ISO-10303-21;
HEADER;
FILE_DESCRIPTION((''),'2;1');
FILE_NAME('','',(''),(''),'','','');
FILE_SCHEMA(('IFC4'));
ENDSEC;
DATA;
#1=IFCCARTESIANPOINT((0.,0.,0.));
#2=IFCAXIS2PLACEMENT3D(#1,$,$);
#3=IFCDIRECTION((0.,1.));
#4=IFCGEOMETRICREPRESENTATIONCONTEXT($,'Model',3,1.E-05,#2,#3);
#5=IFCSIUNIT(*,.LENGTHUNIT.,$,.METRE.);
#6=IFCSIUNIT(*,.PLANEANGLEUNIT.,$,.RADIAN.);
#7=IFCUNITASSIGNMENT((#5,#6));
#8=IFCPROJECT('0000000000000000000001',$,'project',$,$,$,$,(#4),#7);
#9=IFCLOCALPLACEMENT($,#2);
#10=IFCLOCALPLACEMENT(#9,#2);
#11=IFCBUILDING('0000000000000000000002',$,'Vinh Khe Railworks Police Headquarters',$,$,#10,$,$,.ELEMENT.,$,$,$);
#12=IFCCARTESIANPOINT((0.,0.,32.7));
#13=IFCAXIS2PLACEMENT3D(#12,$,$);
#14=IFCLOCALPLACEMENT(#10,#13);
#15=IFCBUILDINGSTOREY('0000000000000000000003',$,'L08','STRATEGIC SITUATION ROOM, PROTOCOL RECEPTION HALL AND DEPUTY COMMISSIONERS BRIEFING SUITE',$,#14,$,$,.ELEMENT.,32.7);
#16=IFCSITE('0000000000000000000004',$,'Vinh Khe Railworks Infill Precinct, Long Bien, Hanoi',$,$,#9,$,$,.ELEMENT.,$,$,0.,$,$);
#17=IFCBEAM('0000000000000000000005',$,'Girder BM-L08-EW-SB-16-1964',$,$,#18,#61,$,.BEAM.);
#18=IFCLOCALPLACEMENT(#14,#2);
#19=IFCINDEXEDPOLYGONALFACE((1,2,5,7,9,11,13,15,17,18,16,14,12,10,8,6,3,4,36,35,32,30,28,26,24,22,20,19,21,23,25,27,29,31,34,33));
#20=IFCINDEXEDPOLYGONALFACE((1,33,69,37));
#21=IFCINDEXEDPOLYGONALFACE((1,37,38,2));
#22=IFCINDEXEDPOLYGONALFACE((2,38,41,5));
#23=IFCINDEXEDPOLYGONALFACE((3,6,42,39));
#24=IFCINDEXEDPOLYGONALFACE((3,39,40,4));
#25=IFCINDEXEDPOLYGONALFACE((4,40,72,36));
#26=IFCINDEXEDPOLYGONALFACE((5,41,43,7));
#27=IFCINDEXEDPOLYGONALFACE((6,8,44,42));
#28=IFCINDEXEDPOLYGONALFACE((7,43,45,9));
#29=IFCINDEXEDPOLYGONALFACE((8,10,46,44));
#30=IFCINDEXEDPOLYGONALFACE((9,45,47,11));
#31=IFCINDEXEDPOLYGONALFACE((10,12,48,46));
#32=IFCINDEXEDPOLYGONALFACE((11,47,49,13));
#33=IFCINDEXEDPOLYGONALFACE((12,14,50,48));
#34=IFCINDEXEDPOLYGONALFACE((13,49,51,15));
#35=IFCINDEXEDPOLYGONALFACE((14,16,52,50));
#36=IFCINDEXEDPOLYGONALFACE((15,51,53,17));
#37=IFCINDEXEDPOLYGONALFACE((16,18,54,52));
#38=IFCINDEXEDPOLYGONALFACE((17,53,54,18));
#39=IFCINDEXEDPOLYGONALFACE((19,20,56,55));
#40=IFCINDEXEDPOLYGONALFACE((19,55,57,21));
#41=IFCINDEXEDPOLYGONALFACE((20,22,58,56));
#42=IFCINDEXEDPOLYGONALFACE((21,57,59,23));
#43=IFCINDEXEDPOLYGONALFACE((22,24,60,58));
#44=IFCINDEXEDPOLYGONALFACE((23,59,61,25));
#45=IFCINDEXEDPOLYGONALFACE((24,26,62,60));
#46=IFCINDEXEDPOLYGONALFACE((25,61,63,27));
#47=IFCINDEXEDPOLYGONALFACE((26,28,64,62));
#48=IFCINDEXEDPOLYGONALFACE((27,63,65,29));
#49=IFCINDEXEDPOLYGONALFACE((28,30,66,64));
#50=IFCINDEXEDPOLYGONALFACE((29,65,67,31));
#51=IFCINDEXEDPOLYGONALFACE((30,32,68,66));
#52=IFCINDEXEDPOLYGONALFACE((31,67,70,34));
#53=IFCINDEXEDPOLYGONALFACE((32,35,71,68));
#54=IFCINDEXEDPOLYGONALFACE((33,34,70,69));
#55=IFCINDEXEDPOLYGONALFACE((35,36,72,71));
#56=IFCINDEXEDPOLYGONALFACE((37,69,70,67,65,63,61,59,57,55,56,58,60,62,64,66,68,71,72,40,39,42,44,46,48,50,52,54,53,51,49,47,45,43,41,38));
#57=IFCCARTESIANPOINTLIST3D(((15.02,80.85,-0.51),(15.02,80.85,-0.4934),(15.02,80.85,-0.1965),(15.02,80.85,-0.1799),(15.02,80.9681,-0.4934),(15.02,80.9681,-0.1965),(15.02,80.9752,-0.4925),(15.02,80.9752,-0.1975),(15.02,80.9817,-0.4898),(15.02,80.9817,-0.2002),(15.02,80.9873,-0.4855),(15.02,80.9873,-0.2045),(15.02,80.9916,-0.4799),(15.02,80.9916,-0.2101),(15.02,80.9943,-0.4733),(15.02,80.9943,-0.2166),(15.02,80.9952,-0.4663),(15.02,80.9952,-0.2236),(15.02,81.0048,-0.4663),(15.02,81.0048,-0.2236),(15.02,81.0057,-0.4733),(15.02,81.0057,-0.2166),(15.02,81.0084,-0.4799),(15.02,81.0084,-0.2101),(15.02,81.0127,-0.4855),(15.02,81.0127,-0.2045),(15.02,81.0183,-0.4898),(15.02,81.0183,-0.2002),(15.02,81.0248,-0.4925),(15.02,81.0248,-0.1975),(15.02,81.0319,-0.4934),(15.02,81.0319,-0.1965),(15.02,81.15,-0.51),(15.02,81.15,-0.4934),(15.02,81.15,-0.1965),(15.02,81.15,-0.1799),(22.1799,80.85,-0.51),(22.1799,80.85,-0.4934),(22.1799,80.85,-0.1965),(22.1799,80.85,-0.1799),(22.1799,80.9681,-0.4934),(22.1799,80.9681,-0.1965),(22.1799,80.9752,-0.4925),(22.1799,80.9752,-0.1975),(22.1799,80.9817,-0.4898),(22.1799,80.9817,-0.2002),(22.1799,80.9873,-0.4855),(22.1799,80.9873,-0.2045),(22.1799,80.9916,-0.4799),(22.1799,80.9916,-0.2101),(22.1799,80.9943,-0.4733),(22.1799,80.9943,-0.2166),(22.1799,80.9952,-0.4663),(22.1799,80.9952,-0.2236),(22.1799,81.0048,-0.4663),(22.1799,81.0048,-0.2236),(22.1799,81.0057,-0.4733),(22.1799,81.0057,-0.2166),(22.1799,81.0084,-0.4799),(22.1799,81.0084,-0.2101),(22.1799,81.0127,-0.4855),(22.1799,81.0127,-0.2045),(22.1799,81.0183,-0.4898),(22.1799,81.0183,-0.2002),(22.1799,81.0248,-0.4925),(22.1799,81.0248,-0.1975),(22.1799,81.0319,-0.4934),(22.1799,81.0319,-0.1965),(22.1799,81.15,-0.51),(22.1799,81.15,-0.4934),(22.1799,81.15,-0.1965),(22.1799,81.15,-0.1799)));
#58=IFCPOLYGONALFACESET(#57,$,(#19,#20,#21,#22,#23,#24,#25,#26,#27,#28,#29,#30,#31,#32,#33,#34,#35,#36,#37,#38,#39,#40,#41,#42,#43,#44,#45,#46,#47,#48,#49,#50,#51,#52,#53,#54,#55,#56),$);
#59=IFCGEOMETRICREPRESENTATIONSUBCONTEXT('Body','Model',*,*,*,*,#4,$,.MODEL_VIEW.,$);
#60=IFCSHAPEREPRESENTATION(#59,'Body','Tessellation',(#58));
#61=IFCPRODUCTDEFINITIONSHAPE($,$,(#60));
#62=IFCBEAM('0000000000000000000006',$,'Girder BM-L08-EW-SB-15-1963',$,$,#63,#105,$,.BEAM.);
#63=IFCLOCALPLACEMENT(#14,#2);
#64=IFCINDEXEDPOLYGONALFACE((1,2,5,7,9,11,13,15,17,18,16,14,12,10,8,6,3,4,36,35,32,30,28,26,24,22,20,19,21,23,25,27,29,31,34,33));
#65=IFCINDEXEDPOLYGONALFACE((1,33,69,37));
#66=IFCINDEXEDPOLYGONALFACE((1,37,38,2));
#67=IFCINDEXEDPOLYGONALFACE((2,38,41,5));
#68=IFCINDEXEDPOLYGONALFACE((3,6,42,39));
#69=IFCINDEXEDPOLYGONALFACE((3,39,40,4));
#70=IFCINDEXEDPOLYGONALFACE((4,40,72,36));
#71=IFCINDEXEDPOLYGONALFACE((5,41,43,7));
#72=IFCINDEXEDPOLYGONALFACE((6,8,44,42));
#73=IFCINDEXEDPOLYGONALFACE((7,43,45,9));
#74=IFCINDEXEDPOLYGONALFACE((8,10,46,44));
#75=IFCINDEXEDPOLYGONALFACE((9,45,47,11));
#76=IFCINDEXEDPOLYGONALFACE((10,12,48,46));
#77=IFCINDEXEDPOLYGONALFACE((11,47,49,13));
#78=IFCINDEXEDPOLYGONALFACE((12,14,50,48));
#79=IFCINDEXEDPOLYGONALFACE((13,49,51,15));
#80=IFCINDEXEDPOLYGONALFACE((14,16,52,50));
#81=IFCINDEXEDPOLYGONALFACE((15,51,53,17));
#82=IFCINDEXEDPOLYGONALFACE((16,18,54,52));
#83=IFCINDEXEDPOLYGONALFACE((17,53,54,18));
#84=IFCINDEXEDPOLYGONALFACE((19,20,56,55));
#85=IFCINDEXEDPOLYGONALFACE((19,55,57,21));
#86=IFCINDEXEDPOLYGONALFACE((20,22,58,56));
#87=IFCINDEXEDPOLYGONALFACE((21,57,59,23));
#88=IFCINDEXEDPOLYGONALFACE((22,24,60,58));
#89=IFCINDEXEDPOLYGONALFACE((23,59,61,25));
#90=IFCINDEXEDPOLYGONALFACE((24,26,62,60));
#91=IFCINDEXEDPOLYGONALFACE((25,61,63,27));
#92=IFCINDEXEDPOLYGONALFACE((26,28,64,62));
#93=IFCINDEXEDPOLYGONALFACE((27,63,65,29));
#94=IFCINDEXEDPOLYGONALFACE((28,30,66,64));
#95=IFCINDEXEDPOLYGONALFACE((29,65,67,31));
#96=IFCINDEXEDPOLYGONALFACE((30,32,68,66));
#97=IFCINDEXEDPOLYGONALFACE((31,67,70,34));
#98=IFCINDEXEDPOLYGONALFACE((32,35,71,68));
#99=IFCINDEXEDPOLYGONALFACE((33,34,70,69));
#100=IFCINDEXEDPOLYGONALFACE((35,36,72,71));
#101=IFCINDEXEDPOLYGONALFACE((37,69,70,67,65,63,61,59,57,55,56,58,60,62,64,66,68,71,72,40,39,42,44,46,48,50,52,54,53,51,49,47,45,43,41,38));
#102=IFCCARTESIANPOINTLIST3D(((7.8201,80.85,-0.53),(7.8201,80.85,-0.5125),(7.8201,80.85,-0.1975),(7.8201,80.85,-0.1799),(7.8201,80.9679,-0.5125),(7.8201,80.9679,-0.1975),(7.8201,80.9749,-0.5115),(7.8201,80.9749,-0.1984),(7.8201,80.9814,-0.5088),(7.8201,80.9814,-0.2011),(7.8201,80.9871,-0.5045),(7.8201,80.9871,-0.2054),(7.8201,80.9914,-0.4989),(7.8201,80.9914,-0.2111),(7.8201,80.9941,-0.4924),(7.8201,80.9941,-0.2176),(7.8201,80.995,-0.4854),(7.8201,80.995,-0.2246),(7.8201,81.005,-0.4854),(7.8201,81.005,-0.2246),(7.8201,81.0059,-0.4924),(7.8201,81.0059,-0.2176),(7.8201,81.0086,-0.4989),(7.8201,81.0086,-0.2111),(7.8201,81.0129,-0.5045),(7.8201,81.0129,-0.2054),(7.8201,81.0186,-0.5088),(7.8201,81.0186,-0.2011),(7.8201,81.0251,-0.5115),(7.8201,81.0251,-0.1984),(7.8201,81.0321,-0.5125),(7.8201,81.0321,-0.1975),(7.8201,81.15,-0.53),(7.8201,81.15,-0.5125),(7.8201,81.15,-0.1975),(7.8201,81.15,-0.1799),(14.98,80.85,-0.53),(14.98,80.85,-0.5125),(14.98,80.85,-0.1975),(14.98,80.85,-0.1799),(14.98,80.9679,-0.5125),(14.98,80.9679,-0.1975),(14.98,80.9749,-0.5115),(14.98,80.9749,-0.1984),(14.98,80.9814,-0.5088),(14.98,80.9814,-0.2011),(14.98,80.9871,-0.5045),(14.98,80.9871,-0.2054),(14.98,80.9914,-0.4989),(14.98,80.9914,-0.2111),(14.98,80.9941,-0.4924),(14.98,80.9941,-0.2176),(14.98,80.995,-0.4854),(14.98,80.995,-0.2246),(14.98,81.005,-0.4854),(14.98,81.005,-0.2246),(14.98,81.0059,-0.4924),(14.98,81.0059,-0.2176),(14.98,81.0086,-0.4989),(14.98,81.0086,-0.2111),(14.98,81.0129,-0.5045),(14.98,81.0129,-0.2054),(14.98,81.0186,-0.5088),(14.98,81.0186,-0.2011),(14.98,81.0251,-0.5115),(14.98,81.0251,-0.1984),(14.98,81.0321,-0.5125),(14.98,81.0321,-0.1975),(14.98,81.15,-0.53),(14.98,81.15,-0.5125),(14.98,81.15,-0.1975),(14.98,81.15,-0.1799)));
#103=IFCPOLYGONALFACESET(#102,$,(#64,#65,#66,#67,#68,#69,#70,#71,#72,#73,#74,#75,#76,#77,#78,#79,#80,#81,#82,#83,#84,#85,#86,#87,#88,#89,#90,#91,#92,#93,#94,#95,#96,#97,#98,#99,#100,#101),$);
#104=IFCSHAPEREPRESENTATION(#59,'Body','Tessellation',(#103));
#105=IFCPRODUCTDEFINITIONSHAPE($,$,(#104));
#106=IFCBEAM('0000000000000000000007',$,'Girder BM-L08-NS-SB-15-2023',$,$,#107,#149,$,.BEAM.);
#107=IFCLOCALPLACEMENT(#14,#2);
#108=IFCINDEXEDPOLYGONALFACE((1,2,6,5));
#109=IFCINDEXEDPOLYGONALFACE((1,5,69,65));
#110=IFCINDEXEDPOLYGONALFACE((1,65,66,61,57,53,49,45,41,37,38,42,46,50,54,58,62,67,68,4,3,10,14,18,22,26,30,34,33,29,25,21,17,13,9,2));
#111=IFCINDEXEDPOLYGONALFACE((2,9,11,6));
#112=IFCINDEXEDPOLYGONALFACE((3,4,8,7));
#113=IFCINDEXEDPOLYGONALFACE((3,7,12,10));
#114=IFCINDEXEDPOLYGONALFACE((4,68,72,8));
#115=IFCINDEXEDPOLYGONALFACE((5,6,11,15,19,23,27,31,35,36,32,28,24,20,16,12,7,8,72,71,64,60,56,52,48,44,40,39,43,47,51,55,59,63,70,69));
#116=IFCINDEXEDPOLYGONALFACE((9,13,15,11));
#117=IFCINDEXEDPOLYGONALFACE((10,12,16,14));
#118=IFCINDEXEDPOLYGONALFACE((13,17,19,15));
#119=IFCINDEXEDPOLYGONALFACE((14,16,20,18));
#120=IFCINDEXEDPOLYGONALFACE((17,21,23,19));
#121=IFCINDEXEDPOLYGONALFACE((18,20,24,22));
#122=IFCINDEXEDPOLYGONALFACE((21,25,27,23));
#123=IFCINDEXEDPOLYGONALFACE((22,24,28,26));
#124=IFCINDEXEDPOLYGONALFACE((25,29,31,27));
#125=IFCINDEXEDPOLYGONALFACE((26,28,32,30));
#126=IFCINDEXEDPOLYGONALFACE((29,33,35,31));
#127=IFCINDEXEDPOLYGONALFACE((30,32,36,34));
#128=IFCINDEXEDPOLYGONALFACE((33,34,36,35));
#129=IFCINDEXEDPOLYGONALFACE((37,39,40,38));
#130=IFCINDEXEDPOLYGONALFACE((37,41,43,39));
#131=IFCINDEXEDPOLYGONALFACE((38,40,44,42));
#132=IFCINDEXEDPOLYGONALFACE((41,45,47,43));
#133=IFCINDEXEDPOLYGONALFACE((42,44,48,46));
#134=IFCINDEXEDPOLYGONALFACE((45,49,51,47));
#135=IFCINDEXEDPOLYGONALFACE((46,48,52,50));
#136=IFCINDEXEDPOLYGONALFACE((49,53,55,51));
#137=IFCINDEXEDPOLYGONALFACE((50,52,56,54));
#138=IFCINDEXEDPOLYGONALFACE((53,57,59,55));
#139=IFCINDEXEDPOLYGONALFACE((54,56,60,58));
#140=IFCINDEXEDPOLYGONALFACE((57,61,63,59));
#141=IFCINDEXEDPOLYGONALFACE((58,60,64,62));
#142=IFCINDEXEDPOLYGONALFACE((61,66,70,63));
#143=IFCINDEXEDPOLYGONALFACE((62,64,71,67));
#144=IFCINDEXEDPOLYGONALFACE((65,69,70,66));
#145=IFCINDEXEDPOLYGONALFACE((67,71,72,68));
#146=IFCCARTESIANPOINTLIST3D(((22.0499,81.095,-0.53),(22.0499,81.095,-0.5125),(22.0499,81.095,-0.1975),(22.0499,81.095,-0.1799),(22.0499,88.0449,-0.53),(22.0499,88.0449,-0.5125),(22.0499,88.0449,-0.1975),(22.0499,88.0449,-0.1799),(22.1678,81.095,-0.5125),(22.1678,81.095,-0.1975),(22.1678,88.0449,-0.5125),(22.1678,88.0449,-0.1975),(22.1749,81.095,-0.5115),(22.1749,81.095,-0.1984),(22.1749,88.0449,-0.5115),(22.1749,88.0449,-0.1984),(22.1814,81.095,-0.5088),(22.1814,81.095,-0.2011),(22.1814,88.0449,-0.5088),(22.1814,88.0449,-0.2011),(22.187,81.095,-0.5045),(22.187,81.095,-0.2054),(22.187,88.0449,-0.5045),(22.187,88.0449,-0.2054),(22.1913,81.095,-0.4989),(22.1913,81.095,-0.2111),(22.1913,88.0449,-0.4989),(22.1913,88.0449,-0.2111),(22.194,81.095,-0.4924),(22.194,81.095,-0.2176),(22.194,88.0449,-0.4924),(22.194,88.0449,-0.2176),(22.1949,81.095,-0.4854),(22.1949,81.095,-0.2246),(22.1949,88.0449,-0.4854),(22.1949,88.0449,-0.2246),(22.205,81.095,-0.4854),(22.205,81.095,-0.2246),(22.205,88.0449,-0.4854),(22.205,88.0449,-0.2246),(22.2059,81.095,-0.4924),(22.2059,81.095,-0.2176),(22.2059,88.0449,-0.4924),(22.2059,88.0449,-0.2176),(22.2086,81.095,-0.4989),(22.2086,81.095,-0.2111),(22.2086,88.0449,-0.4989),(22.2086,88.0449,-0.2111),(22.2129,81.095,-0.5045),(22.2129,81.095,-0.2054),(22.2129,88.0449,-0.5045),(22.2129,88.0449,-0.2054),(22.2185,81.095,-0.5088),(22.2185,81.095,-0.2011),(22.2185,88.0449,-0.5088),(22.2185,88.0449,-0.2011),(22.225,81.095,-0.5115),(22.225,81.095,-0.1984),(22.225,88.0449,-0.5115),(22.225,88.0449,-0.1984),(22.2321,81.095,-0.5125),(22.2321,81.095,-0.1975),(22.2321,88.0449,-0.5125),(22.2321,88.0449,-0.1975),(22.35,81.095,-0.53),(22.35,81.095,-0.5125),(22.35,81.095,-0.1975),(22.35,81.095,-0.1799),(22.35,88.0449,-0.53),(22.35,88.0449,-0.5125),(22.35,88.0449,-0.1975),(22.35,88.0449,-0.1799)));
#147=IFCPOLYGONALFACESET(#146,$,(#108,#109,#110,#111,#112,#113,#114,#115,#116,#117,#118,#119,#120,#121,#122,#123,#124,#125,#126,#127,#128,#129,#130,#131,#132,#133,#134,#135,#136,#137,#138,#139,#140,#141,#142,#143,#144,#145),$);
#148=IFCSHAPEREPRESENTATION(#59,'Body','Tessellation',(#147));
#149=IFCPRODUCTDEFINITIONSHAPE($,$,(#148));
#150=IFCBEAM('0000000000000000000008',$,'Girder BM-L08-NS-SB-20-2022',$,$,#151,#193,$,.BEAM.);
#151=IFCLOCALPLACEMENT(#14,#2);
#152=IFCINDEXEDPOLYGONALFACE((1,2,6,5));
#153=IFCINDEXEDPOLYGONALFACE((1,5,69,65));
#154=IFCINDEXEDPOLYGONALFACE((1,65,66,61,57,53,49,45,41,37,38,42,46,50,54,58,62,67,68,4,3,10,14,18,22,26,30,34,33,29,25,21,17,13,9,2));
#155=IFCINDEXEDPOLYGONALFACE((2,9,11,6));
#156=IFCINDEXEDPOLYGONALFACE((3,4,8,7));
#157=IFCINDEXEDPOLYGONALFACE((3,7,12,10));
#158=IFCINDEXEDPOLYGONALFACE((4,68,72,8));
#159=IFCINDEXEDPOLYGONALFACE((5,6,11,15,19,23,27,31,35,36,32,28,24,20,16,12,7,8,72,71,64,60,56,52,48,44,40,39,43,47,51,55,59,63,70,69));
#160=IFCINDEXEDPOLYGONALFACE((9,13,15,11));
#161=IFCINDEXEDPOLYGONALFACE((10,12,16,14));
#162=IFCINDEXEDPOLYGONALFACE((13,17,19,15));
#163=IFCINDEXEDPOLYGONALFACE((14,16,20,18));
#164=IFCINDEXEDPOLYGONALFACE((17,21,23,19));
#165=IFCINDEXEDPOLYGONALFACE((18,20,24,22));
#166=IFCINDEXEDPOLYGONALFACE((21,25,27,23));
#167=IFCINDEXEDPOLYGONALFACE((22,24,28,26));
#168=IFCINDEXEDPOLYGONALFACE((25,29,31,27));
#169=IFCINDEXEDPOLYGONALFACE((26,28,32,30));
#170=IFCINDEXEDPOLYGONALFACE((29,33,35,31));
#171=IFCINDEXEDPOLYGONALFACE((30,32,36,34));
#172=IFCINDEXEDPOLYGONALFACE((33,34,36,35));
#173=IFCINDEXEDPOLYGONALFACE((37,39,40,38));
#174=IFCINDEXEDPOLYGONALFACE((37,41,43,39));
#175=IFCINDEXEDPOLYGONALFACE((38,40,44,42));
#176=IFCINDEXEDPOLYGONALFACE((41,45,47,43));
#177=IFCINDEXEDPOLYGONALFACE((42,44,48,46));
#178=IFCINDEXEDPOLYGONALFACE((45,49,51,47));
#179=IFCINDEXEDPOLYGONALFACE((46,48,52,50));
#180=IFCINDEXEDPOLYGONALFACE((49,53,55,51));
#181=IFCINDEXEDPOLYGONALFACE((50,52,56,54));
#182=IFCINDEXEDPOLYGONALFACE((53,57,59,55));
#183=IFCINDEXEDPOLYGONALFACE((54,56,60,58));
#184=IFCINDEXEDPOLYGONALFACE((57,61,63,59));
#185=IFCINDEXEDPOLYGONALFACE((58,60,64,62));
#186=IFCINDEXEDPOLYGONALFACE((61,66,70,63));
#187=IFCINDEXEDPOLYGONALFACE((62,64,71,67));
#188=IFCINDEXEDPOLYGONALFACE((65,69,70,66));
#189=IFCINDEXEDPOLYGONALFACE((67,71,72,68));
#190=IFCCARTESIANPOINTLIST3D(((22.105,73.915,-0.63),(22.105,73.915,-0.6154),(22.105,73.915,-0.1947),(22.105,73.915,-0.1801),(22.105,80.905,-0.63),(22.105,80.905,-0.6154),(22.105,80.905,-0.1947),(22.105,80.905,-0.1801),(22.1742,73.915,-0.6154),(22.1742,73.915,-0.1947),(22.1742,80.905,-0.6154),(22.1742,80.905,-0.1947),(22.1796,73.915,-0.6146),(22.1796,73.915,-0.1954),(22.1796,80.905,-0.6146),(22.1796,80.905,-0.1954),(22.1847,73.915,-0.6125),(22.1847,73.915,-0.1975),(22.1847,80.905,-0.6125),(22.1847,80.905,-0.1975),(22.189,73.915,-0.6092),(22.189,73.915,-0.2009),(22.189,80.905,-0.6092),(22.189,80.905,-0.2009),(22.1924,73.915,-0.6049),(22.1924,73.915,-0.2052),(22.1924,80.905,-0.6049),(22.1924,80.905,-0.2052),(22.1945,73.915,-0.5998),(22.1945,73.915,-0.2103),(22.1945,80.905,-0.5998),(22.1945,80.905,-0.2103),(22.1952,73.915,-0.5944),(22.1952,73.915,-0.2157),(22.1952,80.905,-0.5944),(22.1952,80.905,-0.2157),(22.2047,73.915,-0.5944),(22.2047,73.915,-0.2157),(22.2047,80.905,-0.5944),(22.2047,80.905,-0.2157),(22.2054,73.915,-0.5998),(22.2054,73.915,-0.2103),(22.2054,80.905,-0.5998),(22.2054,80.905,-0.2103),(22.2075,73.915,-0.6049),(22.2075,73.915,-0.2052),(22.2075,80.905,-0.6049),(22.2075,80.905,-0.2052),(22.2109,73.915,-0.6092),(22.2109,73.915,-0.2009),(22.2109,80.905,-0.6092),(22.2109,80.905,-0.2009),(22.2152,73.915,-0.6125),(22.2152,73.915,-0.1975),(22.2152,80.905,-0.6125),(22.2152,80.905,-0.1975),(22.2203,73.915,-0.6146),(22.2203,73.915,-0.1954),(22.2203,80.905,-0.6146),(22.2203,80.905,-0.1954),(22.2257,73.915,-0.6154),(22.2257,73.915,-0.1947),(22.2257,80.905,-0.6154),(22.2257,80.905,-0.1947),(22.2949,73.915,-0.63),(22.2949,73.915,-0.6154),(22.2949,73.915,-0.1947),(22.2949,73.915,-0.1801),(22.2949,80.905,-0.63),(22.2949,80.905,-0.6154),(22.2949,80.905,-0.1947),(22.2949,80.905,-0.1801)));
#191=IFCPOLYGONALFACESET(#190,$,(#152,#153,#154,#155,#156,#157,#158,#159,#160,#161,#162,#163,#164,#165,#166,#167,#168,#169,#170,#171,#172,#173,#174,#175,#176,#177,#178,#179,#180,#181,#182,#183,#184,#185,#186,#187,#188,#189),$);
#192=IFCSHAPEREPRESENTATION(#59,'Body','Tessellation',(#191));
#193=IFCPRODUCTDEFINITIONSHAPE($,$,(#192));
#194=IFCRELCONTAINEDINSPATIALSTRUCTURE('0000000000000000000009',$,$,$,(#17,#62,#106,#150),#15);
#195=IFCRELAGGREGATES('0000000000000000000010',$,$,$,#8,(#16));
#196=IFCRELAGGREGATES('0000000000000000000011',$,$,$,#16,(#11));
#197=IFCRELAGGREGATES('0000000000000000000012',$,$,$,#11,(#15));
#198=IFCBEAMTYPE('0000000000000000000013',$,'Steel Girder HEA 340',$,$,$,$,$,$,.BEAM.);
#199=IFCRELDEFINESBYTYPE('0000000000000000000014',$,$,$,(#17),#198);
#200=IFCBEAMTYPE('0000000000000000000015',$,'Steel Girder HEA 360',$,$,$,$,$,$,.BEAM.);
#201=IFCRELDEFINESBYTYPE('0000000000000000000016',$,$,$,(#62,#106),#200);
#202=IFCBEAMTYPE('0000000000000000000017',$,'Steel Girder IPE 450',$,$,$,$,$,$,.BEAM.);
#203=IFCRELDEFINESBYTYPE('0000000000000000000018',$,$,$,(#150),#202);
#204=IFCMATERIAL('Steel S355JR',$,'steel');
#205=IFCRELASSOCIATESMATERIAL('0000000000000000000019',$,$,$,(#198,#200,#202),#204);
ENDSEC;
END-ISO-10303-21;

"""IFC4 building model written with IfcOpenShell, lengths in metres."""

from ifc_helpers import new_model, si_unit, direction, frame, origin, origin_2d, place, context, subcontext, project, spatial, i_section, extrude, material, material_profile, profile_set, type_object, element, save


model = new_model("IFC4")

# Units and contexts
model_context = context("Model", 3, precision=1e-05, world=origin(), true_north=direction((0.0, 1.0)))
body_context = subcontext(model_context, "Body", "Model", "MODEL_VIEW")
ifc_project = project(units=[si_unit("LENGTHUNIT", "METRE"), si_unit("PLANEANGLEUNIT", "RADIAN")], contexts=[model_context])

# Site, building, storey
site_placement = place(None, origin())
site = spatial("IfcSite", under=ifc_project, at=site_placement, Name="Vinh Khe Railworks Infill Precinct, Long Bien, Hanoi", CompositionType="ELEMENT", RefElevation=0.0)
building_placement = place(site_placement, origin())
building = spatial("IfcBuilding", under=site, at=building_placement, Name="Vinh Khe Railworks Police Headquarters", CompositionType="ELEMENT")
storey_placement = place(building_placement, frame((0.0, 0.0, 32.7)))
storey = spatial("IfcBuildingStorey", under=building, at=storey_placement, Name="L08", Description="STRATEGIC SITUATION ROOM, PROTOCOL RECEPTION HALL AND DEPUTY COMMISSIONERS BRIEFING SUITE", CompositionType="ELEMENT", Elevation=32.7)

# Shared definitions
ifc_material_1 = material(Name="Steel S355JR", Category="steel")

# Beams
ifc_material_profile_1 = material_profile(ifc_material_1, i_section(OverallWidth=0.3, OverallDepth=0.3301, WebThickness=0.0095, FlangeThickness=0.0166, FilletRadius=0.0271, at=origin_2d()), Name="HEA 340")
ifc_profile_set_1 = profile_set([ifc_material_profile_1], Name="Steel S355JR")
beam_type_1 = type_object("IfcBeamType", Name="Steel Girder HEA 340", PredefinedType="BEAM", material=ifc_profile_set_1)
beam_1_placement = place(storey_placement, frame((15.02, 81.0, -0.345), z_axis=(1.0, 0.0, 0.0), x_axis=(0.0, 1.0, 0.0)))
element("IfcBeam", 1, at=beam_1_placement, inside=storey, type_object=beam_type_1, Name="Girder BM-L08-EW-SB-16-1964", PredefinedType="BEAM", context=body_context, shape_type="SweptSolid", body=[
    extrude(i_section(OverallWidth=0.3, OverallDepth=0.3301, WebThickness=0.0095, FlangeThickness=0.0166, FilletRadius=0.0271, at=origin_2d()), origin(), (0.0, 0.0, 1.0), 7.1599),
])
ifc_material_profile_2 = material_profile(ifc_material_1, i_section(OverallWidth=0.3, OverallDepth=0.3501, WebThickness=0.01, FlangeThickness=0.0176, FilletRadius=0.0271, at=origin_2d()), Name="HEA 360")
ifc_profile_set_2 = profile_set([ifc_material_profile_2], Name="Steel S355JR")
beam_type_2 = type_object("IfcBeamType", Name="Steel Girder HEA 360", PredefinedType="BEAM", material=ifc_profile_set_2)
beam_2_placement = place(storey_placement, frame((7.8201, 81.0, -0.355), z_axis=(1.0, 0.0, 0.0), x_axis=(0.0, 1.0, 0.0)))
element("IfcBeam", 2, at=beam_2_placement, inside=storey, type_object=beam_type_2, Name="Girder BM-L08-EW-SB-15-1963", PredefinedType="BEAM", context=body_context, shape_type="SweptSolid", body=[
    extrude(i_section(OverallWidth=0.3, OverallDepth=0.3501, WebThickness=0.01, FlangeThickness=0.0176, FilletRadius=0.0271, at=origin_2d()), origin(), (0.0, 0.0, 1.0), 7.1599),
])
beam_3_placement = place(storey_placement, frame((22.2, 81.095, -0.355), z_axis=(0.0, 1.0, 0.0), x_axis=(-1.0, 0.0, 0.0)))
element("IfcBeam", 3, at=beam_3_placement, inside=storey, type_object=beam_type_2, Name="Girder BM-L08-NS-SB-15-2023", PredefinedType="BEAM", context=body_context, shape_type="SweptSolid", body=[
    extrude(i_section(OverallWidth=0.3, OverallDepth=0.3501, WebThickness=0.01, FlangeThickness=0.0176, FilletRadius=0.0271, at=origin_2d()), origin(), (0.0, 0.0, 1.0), 6.95),
])
ifc_material_profile_3 = material_profile(ifc_material_1, i_section(OverallWidth=0.1899, OverallDepth=0.45, WebThickness=0.0095, FlangeThickness=0.0146, FilletRadius=0.021, at=origin_2d()), Name="IPE 450")
ifc_profile_set_3 = profile_set([ifc_material_profile_3], Name="Steel S355JR")
beam_type_3 = type_object("IfcBeamType", Name="Steel Girder IPE 450", PredefinedType="BEAM", material=ifc_profile_set_3)
beam_4_placement = place(storey_placement, frame((22.2, 73.915, -0.405), z_axis=(0.0, 1.0, 0.0), x_axis=(-1.0, 0.0, 0.0)))
element("IfcBeam", 4, at=beam_4_placement, inside=storey, type_object=beam_type_3, Name="Girder BM-L08-NS-SB-20-2022", PredefinedType="BEAM", context=body_context, shape_type="SweptSolid", body=[
    extrude(i_section(OverallWidth=0.1899, OverallDepth=0.45, WebThickness=0.0095, FlangeThickness=0.0146, FilletRadius=0.021, at=origin_2d()), origin(), (0.0, 0.0, 1.0), 6.99),
])

save(model, "model.ifc")
